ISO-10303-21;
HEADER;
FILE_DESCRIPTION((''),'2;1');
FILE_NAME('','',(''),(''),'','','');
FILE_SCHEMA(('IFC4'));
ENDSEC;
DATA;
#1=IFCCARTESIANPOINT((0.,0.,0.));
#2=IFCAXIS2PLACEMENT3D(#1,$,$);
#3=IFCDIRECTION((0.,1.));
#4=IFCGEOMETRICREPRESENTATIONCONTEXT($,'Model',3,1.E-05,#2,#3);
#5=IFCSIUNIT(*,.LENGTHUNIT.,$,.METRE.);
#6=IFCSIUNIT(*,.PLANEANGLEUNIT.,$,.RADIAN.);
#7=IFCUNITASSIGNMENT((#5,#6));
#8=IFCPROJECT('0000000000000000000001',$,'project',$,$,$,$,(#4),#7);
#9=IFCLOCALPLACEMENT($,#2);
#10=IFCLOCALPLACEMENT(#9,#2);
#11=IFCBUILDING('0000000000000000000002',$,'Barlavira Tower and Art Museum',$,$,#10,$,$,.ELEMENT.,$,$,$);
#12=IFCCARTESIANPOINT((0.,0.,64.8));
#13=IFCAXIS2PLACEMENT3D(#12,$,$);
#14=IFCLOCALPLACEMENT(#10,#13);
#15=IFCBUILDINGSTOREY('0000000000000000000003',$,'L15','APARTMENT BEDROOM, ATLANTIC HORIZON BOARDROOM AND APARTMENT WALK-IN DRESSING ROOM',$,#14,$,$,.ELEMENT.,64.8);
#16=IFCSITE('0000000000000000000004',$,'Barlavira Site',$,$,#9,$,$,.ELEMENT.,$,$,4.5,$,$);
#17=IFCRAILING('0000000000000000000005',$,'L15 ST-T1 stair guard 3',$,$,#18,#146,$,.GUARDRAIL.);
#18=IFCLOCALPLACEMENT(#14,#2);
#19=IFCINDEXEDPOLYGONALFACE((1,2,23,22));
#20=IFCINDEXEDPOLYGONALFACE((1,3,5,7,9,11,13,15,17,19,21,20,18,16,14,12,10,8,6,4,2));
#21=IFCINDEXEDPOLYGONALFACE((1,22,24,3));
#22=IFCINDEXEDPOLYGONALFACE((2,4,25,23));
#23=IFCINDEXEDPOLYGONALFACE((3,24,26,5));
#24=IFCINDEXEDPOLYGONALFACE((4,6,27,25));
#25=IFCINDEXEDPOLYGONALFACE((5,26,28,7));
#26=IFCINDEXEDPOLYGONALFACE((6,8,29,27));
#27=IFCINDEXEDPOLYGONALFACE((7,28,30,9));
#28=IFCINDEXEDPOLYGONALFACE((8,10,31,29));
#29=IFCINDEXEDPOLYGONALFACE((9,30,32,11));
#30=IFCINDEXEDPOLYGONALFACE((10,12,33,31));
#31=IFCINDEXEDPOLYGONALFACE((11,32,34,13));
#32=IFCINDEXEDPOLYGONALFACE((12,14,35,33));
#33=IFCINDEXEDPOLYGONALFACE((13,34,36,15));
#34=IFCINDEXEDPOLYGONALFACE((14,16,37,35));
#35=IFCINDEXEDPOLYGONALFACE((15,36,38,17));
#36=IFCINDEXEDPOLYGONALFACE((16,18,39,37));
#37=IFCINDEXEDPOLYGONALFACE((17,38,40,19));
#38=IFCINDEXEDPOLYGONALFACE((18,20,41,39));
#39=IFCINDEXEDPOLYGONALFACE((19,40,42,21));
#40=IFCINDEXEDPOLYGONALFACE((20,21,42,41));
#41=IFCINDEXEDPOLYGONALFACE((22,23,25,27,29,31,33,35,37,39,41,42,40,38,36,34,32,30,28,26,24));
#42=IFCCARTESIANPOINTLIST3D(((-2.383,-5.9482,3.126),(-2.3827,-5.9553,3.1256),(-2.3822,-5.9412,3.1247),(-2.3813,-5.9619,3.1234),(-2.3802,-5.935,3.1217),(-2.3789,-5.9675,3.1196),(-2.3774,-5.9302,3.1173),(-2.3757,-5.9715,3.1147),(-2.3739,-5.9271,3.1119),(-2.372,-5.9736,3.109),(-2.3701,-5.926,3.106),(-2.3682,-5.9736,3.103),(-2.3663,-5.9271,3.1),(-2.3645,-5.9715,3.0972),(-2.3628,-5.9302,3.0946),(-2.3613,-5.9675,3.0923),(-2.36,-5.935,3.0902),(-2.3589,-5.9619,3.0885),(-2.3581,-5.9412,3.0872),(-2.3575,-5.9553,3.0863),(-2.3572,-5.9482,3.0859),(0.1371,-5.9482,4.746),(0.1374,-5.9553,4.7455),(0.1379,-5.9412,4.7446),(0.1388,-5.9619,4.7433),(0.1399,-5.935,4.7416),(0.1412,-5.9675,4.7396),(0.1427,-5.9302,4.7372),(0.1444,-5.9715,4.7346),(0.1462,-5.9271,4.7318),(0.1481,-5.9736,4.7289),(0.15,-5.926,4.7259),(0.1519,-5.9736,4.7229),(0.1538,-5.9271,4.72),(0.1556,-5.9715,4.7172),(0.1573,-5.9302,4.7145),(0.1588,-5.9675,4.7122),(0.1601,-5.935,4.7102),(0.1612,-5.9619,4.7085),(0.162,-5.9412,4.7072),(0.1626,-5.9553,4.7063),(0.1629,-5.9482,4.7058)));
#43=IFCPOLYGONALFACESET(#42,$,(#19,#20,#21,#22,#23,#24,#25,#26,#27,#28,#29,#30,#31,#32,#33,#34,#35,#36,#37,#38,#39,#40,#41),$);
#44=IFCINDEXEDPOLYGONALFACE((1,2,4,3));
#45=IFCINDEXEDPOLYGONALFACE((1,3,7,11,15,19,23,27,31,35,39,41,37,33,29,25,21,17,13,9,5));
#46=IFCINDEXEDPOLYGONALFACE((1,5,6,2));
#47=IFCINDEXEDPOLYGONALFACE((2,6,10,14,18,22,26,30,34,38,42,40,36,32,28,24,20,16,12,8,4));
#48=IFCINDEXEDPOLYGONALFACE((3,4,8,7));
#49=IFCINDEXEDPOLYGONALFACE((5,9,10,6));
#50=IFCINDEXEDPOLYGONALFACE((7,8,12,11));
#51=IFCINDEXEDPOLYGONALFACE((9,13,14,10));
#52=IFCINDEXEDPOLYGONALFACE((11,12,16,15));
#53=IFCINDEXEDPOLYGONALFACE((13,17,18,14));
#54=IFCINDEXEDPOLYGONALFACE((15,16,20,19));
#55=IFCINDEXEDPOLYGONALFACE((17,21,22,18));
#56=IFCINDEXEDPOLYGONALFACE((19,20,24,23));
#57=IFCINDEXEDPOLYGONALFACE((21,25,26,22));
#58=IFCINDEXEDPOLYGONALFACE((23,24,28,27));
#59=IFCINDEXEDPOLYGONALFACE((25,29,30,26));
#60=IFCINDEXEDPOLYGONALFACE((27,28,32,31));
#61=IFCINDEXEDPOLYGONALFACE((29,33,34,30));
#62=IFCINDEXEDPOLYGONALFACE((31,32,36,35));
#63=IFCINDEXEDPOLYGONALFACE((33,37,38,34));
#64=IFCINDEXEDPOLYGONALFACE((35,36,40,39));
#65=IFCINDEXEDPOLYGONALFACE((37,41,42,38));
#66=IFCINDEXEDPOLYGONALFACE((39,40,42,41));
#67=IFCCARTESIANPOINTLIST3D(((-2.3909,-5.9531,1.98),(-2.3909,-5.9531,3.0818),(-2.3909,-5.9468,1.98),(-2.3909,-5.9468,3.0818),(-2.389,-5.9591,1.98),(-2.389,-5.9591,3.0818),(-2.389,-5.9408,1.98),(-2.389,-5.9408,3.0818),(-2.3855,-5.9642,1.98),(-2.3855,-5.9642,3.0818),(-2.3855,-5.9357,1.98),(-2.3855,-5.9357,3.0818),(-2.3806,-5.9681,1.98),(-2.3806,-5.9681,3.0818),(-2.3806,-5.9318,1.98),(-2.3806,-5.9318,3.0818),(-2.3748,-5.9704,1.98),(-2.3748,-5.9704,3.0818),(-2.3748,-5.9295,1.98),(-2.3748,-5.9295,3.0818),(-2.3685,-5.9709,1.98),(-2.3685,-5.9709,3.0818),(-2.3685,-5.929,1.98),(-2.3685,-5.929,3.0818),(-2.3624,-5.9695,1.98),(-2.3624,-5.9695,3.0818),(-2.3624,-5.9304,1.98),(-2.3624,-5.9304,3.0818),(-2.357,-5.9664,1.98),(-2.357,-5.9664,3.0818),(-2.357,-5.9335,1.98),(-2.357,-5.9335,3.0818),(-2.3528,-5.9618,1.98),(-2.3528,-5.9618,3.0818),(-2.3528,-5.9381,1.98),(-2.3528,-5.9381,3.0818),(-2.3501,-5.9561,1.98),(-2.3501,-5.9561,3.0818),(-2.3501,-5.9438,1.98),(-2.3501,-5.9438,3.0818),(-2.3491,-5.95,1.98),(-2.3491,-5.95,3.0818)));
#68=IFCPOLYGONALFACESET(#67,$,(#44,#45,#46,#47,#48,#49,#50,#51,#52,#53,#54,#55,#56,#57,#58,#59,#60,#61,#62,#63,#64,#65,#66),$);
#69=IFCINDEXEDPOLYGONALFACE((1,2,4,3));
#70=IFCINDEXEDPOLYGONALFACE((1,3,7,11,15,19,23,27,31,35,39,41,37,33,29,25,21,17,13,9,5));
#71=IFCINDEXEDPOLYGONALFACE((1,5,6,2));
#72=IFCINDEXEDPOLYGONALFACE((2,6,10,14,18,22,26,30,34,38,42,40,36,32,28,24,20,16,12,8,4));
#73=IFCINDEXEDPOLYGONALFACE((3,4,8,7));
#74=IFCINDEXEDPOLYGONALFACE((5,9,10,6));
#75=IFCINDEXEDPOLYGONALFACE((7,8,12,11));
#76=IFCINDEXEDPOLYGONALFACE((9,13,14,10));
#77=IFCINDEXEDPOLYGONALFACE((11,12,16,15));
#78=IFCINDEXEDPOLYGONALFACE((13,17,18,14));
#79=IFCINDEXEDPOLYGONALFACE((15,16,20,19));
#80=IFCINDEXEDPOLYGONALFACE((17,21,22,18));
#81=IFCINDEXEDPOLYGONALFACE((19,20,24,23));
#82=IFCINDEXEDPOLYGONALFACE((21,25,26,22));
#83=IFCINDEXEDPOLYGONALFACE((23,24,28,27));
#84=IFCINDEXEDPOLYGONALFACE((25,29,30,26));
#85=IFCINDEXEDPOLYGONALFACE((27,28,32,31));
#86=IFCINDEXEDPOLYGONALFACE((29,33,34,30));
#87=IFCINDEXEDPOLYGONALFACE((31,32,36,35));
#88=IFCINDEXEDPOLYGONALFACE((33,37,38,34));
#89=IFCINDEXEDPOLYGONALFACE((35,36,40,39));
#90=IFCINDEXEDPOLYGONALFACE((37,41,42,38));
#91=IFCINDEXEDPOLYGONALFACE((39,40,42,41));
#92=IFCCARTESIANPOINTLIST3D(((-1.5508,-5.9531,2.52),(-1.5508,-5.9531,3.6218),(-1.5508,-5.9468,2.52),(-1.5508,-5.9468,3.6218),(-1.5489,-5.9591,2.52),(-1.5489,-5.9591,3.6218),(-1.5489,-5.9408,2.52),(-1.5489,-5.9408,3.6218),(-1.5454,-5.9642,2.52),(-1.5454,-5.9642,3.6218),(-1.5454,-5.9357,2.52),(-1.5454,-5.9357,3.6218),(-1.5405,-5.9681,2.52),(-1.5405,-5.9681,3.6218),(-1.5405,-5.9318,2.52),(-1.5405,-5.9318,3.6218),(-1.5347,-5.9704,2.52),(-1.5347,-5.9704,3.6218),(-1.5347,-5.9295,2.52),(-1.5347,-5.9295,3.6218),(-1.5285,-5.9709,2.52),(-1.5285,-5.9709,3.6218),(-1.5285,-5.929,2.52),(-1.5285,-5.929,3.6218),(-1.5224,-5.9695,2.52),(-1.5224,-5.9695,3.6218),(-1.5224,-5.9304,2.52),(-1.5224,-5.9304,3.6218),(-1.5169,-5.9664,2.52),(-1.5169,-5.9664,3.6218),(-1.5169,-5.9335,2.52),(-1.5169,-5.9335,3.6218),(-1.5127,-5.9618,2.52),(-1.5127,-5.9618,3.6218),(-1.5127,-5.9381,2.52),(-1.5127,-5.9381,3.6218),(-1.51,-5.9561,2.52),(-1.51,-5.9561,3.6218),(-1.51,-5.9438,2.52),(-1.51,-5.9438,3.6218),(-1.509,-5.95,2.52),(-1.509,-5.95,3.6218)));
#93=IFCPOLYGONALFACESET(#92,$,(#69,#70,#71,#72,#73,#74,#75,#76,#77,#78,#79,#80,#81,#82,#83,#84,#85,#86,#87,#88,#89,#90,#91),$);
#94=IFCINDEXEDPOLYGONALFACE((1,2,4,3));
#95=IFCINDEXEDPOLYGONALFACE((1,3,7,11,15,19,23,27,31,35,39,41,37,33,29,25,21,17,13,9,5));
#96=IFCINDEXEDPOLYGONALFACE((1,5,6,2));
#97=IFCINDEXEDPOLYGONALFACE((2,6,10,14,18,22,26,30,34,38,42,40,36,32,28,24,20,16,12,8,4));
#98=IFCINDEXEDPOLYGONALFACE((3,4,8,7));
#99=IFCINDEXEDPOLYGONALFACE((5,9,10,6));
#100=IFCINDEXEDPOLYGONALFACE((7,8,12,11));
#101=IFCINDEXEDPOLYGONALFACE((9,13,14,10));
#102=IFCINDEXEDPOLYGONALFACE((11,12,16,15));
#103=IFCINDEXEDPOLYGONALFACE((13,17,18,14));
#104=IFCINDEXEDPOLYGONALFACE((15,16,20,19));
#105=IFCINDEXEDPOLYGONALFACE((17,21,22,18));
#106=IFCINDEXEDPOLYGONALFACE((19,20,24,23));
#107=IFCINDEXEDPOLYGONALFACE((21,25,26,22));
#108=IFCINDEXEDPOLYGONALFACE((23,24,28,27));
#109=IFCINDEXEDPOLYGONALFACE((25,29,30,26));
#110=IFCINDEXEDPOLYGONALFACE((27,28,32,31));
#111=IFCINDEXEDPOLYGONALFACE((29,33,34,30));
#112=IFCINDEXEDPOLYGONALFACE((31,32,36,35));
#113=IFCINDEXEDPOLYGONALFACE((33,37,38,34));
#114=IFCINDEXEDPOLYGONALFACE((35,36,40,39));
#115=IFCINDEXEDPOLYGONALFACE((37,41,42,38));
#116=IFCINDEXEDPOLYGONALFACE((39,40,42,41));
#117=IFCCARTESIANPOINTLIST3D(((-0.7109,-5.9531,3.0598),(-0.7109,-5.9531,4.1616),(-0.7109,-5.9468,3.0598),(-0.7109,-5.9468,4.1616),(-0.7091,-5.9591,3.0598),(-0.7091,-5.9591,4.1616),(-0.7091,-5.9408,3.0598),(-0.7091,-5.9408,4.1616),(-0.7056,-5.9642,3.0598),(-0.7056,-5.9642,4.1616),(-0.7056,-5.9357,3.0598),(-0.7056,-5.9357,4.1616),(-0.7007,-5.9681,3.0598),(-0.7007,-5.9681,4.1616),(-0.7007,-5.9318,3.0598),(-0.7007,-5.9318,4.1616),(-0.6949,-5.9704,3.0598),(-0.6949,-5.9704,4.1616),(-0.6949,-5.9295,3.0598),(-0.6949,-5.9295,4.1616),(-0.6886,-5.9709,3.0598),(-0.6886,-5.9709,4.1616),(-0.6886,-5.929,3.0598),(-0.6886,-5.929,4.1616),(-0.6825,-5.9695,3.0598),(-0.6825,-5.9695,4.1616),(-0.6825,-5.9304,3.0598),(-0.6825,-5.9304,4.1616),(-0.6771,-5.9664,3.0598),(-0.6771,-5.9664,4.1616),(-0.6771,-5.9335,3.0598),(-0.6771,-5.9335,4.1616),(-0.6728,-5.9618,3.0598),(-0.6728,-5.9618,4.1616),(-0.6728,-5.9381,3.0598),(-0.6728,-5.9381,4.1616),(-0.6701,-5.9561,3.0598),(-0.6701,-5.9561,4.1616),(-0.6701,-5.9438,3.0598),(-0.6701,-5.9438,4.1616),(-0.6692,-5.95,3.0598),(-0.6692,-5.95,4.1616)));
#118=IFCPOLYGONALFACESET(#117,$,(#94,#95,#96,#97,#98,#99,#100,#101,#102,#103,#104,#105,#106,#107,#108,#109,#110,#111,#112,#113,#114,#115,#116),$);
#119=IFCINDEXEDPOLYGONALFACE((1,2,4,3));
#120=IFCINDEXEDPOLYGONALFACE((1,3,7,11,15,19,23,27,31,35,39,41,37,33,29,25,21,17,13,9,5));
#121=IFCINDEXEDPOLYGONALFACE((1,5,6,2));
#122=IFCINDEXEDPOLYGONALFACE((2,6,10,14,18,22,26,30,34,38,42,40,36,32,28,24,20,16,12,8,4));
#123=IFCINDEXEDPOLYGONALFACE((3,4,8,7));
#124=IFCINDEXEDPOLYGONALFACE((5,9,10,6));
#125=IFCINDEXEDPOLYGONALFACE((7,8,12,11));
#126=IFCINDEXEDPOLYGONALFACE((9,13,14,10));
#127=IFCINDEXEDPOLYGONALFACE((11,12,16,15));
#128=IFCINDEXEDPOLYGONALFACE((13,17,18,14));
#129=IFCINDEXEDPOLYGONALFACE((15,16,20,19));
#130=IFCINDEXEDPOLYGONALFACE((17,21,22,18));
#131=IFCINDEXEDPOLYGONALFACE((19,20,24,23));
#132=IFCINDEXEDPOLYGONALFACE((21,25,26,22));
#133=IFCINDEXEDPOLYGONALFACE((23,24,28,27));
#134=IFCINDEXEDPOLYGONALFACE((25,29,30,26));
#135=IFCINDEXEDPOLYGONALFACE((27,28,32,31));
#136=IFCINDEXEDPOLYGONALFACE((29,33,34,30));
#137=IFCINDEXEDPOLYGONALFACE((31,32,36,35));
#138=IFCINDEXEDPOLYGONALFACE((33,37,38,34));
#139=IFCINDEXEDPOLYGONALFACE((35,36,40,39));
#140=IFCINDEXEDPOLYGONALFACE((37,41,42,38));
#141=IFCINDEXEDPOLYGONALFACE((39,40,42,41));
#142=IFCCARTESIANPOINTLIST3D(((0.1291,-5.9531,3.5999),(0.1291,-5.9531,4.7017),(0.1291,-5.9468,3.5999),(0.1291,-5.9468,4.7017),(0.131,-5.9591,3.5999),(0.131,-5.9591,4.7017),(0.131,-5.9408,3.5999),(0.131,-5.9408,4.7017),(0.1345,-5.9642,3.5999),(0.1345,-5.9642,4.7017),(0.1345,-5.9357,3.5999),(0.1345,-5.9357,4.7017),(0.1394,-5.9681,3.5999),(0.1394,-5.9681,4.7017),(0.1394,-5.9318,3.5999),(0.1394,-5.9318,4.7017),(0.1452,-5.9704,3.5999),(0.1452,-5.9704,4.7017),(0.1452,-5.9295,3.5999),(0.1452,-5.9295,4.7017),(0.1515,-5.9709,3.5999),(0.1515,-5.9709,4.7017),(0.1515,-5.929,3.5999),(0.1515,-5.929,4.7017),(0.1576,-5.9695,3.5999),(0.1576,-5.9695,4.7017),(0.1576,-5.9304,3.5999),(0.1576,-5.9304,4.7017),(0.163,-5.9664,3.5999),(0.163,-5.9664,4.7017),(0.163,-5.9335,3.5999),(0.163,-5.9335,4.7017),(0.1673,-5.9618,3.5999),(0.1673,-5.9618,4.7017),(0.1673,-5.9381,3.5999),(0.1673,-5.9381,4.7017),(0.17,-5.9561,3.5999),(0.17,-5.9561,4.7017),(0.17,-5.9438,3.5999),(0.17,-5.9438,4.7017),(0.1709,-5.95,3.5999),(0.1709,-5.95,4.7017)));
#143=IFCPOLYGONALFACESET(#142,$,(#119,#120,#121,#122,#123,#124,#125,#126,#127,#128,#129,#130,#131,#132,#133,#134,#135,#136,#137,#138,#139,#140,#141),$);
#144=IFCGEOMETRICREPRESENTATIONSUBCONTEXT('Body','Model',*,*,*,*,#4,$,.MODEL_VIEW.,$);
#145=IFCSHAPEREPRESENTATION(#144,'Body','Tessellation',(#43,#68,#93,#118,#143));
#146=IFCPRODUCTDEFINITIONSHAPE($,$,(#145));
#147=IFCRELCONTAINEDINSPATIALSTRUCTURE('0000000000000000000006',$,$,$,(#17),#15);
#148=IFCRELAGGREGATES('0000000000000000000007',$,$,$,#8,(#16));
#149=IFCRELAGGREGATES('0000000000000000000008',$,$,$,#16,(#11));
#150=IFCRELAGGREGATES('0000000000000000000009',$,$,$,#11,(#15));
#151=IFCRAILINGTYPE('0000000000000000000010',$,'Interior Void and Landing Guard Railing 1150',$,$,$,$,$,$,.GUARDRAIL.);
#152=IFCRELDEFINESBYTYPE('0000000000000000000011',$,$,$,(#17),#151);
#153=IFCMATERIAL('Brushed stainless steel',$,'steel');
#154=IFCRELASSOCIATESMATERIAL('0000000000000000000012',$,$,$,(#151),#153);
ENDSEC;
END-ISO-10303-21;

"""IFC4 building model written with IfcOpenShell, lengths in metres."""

from ifc_helpers import new_model, si_unit, direction, frame, origin, origin_2d, place, context, subcontext, project, spatial, circle, extrude, material, type_object, element, save


model = new_model("IFC4")

# Units and contexts
model_context = context("Model", 3, precision=1e-05, world=origin(), true_north=direction((0.0, 1.0)))
body_context = subcontext(model_context, "Body", "Model", "MODEL_VIEW")
ifc_project = project(units=[si_unit("LENGTHUNIT", "METRE"), si_unit("PLANEANGLEUNIT", "RADIAN")], contexts=[model_context])

# Site, building, storey
site_placement = place(None, origin())
site = spatial("IfcSite", under=ifc_project, at=site_placement, Name="Barlavira Site", CompositionType="ELEMENT", RefElevation=4.5)
building_placement = place(site_placement, origin())
building = spatial("IfcBuilding", under=site, at=building_placement, Name="Barlavira Tower and Art Museum", CompositionType="ELEMENT")
storey_placement = place(building_placement, frame((0.0, 0.0, 64.8)))
storey = spatial("IfcBuildingStorey", under=building, at=storey_placement, Name="L15", Description="APARTMENT BEDROOM, ATLANTIC HORIZON BOARDROOM AND APARTMENT WALK-IN DRESSING ROOM", CompositionType="ELEMENT", Elevation=64.8)

# Shared definitions
ifc_material_1 = material(Name="Brushed stainless steel", Category="steel")

# Railing
railing_type_1 = type_object("IfcRailingType", Name="Interior Void and Landing Guard Railing 1150", PredefinedType="GUARDRAIL", material=ifc_material_1)
railing_1_placement = place(storey_placement, frame((-2.3701, -5.95, 1.98)))
element("IfcRailing", 1, at=railing_1_placement, inside=storey, type_object=railing_type_1, Name="L15 ST-T1 stair guard 3", PredefinedType="GUARDRAIL", context=body_context, shape_type="SweptSolid", body=[
    extrude(circle(Radius=0.0239, at=origin_2d()), frame((0.0, 0.0, 1.126), z_axis=(0.8412, 0.0, 0.540725), x_axis=(0.0, 1.0, 0.0)), (0.0, 0.0, 1.0), 2.9958),
    extrude(circle(Radius=0.021, at=origin_2d()), origin(), (0.0, 0.0, 1.0), 1.1018),
    extrude(circle(Radius=0.021, at=origin_2d()), frame((0.8401, 0.0, 0.54)), (0.0, 0.0, 1.0), 1.1018),
    extrude(circle(Radius=0.021, at=origin_2d()), frame((1.6799, 0.0, 1.0798)), (0.0, 0.0, 1.0), 1.1018),
    extrude(circle(Radius=0.021, at=origin_2d()), frame((2.52, 0.0, 1.6199)), (0.0, 0.0, 1.0), 1.1018),
])

save(model, "model.ifc")
